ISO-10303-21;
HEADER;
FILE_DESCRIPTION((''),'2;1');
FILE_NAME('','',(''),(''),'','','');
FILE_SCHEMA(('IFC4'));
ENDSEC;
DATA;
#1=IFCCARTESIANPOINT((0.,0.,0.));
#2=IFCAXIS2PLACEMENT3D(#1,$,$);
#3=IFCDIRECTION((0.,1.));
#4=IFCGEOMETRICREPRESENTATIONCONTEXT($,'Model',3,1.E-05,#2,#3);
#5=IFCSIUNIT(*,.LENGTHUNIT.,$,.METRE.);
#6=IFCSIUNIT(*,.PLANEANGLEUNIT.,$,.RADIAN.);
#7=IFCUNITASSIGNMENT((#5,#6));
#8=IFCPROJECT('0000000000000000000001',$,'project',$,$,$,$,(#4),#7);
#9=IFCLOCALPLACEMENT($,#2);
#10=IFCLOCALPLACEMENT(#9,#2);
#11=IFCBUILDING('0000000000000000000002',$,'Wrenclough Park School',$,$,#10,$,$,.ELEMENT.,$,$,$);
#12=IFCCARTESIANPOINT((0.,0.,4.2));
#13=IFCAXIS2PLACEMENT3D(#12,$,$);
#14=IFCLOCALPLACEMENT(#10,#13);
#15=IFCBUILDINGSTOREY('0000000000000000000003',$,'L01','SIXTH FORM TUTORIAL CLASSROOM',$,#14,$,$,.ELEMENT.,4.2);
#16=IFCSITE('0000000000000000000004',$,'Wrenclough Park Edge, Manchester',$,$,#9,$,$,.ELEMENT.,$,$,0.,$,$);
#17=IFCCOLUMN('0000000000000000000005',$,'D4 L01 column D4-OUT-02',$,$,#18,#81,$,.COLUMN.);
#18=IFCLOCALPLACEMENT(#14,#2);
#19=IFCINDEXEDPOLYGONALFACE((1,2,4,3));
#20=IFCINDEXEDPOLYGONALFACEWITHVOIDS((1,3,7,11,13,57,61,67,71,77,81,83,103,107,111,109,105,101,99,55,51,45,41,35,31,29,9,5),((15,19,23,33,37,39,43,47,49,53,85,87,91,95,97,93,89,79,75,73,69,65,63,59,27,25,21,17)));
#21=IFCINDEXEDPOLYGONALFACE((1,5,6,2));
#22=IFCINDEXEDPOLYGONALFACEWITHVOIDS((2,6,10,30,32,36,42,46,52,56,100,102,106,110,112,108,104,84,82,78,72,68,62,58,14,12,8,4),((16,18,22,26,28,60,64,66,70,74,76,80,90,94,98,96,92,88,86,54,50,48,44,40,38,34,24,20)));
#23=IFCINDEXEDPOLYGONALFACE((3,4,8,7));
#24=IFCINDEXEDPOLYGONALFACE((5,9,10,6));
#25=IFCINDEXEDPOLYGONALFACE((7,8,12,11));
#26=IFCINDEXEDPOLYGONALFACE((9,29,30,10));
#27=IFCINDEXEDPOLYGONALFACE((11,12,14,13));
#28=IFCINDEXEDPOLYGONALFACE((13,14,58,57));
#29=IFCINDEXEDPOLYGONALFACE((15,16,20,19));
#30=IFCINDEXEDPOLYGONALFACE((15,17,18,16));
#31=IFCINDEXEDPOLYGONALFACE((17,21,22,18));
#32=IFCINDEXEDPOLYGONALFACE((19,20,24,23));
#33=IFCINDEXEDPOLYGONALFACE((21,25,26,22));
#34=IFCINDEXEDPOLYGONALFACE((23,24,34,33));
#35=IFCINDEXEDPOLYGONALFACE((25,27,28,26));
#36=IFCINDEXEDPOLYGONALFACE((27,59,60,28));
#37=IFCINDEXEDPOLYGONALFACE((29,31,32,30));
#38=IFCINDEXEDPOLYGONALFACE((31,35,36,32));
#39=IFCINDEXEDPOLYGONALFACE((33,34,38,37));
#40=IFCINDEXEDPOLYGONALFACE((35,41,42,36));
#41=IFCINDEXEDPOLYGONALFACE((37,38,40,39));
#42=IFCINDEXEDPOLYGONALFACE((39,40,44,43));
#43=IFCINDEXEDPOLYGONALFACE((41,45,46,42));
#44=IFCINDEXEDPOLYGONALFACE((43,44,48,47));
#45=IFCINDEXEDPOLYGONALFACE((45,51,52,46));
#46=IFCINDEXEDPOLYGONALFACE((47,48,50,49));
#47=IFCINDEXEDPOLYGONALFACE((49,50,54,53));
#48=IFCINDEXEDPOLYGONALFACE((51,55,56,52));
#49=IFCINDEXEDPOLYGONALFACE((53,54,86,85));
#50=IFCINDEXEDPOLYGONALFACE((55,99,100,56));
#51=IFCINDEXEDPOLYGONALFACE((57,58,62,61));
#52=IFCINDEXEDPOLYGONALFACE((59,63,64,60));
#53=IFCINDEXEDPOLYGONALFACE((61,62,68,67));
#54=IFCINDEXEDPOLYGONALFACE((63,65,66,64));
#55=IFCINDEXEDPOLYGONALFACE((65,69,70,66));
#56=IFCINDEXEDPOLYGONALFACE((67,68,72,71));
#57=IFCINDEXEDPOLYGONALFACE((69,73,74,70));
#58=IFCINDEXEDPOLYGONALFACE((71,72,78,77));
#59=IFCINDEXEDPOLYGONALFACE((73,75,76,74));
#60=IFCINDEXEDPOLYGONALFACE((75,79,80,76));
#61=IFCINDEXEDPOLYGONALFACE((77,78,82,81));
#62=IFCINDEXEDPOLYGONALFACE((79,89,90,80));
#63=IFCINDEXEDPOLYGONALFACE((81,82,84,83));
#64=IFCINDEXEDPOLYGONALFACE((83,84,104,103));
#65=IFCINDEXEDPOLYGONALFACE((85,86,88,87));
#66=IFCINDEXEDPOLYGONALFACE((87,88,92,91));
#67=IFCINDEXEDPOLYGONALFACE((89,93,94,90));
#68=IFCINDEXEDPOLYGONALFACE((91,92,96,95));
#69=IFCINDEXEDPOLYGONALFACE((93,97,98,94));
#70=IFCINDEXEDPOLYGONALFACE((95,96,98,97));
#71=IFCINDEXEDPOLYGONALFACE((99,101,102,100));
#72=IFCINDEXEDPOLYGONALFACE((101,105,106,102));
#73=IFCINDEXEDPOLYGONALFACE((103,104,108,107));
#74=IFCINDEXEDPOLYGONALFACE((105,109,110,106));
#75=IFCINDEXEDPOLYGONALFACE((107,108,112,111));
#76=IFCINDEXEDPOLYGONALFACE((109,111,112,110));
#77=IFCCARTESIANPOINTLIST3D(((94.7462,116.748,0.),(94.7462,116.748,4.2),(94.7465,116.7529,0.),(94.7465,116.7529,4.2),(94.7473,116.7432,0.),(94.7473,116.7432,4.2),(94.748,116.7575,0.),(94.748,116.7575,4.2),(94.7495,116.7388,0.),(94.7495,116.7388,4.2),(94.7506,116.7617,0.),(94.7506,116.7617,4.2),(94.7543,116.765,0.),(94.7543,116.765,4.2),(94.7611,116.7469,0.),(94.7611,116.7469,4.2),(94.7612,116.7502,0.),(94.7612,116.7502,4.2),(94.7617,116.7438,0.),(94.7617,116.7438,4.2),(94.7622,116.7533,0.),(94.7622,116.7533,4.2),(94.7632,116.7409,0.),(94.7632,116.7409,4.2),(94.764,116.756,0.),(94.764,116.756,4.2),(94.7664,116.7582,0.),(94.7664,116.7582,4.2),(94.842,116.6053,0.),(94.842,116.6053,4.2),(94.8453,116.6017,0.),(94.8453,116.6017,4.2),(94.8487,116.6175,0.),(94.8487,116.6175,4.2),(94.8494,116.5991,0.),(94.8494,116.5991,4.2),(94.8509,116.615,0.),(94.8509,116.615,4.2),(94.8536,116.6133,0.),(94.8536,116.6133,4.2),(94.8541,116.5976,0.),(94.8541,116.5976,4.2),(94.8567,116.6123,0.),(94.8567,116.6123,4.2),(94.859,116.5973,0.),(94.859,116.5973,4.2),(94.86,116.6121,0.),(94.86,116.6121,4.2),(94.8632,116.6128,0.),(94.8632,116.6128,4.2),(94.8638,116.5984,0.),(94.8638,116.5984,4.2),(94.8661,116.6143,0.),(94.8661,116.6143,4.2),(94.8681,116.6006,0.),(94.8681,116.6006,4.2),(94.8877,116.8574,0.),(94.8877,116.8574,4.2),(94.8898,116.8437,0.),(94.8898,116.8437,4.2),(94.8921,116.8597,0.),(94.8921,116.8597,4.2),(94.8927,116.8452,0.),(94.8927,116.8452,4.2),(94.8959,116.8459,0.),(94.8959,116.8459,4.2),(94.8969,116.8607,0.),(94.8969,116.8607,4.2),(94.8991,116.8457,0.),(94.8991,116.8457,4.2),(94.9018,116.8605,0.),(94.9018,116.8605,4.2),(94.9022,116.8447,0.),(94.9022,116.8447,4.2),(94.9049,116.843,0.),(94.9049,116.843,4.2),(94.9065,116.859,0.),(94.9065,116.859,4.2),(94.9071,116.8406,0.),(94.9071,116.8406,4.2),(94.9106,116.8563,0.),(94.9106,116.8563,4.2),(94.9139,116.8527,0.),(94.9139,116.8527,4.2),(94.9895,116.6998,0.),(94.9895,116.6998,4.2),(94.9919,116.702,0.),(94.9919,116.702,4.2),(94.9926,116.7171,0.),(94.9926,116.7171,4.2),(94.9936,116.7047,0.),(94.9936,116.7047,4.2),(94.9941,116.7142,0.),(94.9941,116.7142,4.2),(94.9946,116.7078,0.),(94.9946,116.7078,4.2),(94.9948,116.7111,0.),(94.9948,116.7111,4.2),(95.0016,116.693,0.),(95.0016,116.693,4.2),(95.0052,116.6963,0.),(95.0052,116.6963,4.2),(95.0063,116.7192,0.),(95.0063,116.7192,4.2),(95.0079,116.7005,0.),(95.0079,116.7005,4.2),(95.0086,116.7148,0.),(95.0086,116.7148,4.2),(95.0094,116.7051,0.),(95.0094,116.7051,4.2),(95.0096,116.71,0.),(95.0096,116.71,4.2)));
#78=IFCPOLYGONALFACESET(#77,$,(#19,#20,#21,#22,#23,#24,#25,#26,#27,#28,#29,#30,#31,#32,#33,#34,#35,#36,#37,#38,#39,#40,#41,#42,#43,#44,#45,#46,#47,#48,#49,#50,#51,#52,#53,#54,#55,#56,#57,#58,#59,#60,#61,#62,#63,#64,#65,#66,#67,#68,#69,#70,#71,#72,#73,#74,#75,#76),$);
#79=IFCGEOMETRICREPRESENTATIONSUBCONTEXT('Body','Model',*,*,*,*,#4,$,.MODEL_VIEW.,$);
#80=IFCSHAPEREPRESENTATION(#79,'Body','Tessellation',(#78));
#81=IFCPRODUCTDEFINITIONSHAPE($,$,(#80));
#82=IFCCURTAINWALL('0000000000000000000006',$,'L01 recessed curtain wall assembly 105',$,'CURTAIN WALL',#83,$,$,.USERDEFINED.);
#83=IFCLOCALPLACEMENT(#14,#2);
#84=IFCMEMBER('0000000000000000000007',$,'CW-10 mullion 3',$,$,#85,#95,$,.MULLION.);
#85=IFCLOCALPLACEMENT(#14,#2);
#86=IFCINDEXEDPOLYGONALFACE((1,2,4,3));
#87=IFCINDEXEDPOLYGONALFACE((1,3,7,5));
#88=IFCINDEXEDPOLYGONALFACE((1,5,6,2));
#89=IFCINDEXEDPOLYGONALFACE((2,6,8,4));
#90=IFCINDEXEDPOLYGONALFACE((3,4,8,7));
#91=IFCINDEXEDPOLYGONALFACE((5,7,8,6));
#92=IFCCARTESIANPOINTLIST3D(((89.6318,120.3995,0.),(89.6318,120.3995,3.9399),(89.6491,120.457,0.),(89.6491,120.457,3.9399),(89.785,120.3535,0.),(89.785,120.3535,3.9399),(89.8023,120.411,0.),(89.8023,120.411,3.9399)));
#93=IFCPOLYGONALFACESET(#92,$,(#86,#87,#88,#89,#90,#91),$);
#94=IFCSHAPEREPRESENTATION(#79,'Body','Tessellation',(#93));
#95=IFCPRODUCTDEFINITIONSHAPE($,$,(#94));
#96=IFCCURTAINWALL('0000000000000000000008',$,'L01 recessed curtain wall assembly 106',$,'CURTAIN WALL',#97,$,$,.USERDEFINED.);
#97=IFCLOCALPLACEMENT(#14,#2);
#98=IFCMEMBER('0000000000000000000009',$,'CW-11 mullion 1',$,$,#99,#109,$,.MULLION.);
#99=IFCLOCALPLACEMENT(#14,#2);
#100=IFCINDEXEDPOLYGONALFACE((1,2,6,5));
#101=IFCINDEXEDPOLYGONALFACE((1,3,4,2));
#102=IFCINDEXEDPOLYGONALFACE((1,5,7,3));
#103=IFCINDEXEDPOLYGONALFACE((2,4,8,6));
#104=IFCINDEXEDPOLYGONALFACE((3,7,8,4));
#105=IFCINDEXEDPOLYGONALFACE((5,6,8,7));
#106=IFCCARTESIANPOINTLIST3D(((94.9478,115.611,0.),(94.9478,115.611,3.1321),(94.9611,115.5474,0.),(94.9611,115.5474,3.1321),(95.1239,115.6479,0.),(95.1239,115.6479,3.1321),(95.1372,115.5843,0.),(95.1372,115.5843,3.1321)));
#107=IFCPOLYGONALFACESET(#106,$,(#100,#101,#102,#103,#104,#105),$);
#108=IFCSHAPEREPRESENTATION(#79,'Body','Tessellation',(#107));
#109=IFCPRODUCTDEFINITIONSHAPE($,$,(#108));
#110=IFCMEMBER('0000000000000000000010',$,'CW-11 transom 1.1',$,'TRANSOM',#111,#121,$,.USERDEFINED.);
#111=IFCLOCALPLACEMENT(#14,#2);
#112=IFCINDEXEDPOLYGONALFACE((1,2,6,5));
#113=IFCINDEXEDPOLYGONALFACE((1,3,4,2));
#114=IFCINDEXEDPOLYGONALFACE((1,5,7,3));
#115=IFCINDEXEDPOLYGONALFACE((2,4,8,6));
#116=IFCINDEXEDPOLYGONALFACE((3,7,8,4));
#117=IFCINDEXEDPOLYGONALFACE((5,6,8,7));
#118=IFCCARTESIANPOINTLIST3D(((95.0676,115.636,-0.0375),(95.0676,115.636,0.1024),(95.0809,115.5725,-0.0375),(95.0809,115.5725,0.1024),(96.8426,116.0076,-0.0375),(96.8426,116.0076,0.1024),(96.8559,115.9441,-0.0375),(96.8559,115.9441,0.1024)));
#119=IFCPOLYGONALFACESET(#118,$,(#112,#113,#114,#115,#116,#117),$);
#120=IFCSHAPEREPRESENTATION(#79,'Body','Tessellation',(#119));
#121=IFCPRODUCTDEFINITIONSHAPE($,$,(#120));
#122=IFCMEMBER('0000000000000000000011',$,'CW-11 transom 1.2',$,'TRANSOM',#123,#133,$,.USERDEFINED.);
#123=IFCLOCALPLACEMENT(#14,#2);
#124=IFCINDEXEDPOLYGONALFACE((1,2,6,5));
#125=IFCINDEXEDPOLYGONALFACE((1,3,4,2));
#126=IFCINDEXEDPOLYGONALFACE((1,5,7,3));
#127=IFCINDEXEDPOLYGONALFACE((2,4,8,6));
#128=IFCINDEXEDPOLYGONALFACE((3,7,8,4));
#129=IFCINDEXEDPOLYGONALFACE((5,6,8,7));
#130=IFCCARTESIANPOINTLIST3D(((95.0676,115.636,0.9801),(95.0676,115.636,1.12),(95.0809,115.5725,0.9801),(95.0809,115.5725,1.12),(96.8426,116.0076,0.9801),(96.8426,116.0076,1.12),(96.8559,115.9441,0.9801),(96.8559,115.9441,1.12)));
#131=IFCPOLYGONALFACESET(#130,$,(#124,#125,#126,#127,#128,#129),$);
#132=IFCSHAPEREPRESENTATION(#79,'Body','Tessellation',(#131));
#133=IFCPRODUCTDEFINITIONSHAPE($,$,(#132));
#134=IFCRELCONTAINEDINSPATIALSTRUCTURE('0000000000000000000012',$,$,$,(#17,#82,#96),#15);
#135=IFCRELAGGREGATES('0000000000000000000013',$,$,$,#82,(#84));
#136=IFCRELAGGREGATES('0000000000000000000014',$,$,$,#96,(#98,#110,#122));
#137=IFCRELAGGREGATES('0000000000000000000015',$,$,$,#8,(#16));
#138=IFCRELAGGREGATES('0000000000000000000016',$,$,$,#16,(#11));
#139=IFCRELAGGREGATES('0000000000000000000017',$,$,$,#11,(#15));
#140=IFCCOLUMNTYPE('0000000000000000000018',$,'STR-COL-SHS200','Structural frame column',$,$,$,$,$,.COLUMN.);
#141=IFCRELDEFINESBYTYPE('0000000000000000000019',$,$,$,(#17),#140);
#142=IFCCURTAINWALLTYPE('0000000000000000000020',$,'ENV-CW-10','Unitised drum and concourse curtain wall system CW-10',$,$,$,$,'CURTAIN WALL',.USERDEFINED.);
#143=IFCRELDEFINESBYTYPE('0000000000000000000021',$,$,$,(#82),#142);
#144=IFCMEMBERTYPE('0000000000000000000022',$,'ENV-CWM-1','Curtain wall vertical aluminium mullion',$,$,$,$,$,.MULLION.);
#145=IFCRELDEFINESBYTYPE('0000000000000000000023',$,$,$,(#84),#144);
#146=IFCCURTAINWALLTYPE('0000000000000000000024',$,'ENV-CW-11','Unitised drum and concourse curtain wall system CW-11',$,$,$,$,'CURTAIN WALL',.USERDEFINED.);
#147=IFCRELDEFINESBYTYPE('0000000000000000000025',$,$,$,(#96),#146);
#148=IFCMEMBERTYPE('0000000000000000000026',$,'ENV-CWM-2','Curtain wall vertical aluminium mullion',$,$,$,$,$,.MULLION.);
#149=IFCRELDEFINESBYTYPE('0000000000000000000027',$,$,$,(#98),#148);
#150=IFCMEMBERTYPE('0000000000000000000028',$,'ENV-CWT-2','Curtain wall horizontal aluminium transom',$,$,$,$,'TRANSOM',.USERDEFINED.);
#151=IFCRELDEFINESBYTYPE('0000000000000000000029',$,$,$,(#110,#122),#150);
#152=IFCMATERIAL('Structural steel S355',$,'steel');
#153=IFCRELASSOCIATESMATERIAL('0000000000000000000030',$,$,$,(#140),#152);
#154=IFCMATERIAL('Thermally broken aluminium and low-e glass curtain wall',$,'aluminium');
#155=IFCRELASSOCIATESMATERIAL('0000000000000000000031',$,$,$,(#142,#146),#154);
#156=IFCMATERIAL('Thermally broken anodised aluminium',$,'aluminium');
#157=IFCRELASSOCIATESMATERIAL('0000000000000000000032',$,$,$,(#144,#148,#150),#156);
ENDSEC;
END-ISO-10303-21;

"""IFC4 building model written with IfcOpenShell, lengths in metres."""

from ifc_helpers import new_model, si_unit, direction, frame, origin, origin_2d, place, context, subcontext, project, spatial, rectangle, hollow_rectangle, extrude, material, material_profile, profile_set, type_object, element, aggregate, save


model = new_model("IFC4")

# Units and contexts
model_context = context("Model", 3, precision=1e-05, world=origin(), true_north=direction((0.0, 1.0)))
body_context = subcontext(model_context, "Body", "Model", "MODEL_VIEW")
ifc_project = project(units=[si_unit("LENGTHUNIT", "METRE"), si_unit("PLANEANGLEUNIT", "RADIAN")], contexts=[model_context])

# Site, building, storey
site_placement = place(None, origin())
site = spatial("IfcSite", under=ifc_project, at=site_placement, Name="Wrenclough Park Edge, Manchester", CompositionType="ELEMENT", RefElevation=0.0)
building_placement = place(site_placement, origin())
building = spatial("IfcBuilding", under=site, at=building_placement, Name="Wrenclough Park School", CompositionType="ELEMENT")
storey_placement = place(building_placement, frame((0.0, 0.0, 4.2)))
storey = spatial("IfcBuildingStorey", under=building, at=storey_placement, Name="L01", Description="SIXTH FORM TUTORIAL CLASSROOM", CompositionType="ELEMENT", Elevation=4.2)

# Column
ifc_material_1 = material(Name="Structural steel S355", Category="steel")
ifc_material_profile_1 = material_profile(ifc_material_1, hollow_rectangle(XDim=0.2, YDim=0.2, WallThickness=0.0125, InnerFilletRadius=0.0125, OuterFilletRadius=0.0188, at=origin_2d()), Name="SHS 200x200x12.5")
ifc_profile_set_1 = profile_set([ifc_material_profile_1], Name="Structural steel S355")
column_type = type_object("IfcColumnType", Name="STR-COL-SHS200", Description="Structural frame column", PredefinedType="COLUMN", material=ifc_profile_set_1)
column_placement = place(storey_placement, frame((94.8779, 116.729, 0.0), z_axis=(0.0, 0.0, 1.0), x_axis=(-0.569423, 0.822045, 0.0)))
element("IfcColumn", 1, at=column_placement, inside=storey, type_object=column_type, Name="D4 L01 column D4-OUT-02", PredefinedType="COLUMN", context=body_context, shape_type="SweptSolid", body=[
    extrude(hollow_rectangle(XDim=0.2, YDim=0.2, WallThickness=0.0125, InnerFilletRadius=0.0125, OuterFilletRadius=0.0188, at=origin_2d()), origin(), (0.0, 0.0, 1.0), 4.2),
])

# Curtain wall, member
ifc_material_2 = material(Name="Thermally broken aluminium and low-e glass curtain wall", Category="aluminium")
curtain_wall_type_1 = type_object("IfcCurtainWallType", Name="ENV-CW-10", Description="Unitised drum and concourse curtain wall system CW-10", ElementType="CURTAIN WALL", PredefinedType="USERDEFINED", material=ifc_material_2)
curtain_wall_1_placement = place(storey_placement, origin())
curtain_wall_1 = element("IfcCurtainWall", 2, at=curtain_wall_1_placement, inside=storey, type_object=curtain_wall_type_1, Name="L01 recessed curtain wall assembly 105", ObjectType="CURTAIN WALL", PredefinedType="USERDEFINED")
ifc_material_3 = material(Name="Thermally broken anodised aluminium", Category="aluminium")
ifc_material_profile_2 = material_profile(ifc_material_3, rectangle(XDim=0.0601, YDim=0.1599, at=origin_2d()), Name="AL MULLION 60x160")
ifc_profile_set_2 = profile_set([ifc_material_profile_2], Name="Thermally broken anodised aluminium")
member_type_1 = type_object("IfcMemberType", Name="ENV-CWM-1", Description="Curtain wall vertical aluminium mullion", PredefinedType="MULLION", material=ifc_profile_set_2)
member_1_placement = place(storey_placement, frame((89.717, 120.4053, 0.0), z_axis=(0.0, 0.0, 1.0), x_axis=(0.287583, 0.957756, 0.0)))
member_1 = element("IfcMember", 3, at=member_1_placement, type_object=member_type_1, Name="CW-10 mullion 3", PredefinedType="MULLION", context=body_context, shape_type="SweptSolid", body=[
    extrude(rectangle(XDim=0.0601, YDim=0.1599, at=origin_2d()), origin(), (0.0, 0.0, 1.0), 3.9399),
])
aggregate(curtain_wall_1, [member_1])

# Curtain wall, members
curtain_wall_type_2 = type_object("IfcCurtainWallType", Name="ENV-CW-11", Description="Unitised drum and concourse curtain wall system CW-11", ElementType="CURTAIN WALL", PredefinedType="USERDEFINED", material=ifc_material_2)
curtain_wall_2_placement = place(storey_placement, origin())
curtain_wall_2 = element("IfcCurtainWall", 4, at=curtain_wall_2_placement, inside=storey, type_object=curtain_wall_type_2, Name="L01 recessed curtain wall assembly 106", ObjectType="CURTAIN WALL", PredefinedType="USERDEFINED")
ifc_material_profile_3 = material_profile(ifc_material_3, rectangle(XDim=0.0649, YDim=0.1799, at=origin_2d()), Name="AL MULLION 65x180")
ifc_profile_set_3 = profile_set([ifc_material_profile_3], Name="Thermally broken anodised aluminium")
member_type_2 = type_object("IfcMemberType", Name="ENV-CWM-2", Description="Curtain wall vertical aluminium mullion", PredefinedType="MULLION", material=ifc_profile_set_3)
member_2_placement = place(storey_placement, frame((95.0425, 115.5977, 0.0), z_axis=(0.0, 0.0, 1.0), x_axis=(-0.204871, 0.978789, 0.0)))
member_2 = element("IfcMember", 5, at=member_2_placement, type_object=member_type_2, Name="CW-11 mullion 1", PredefinedType="MULLION", context=body_context, shape_type="SweptSolid", body=[
    extrude(rectangle(XDim=0.0649, YDim=0.1799, at=origin_2d()), origin(), (0.0, 0.0, 1.0), 3.1321),
])
ifc_material_profile_4 = material_profile(ifc_material_3, rectangle(XDim=0.0649, YDim=0.1399, at=origin_2d()), Name="AL TRANSOM 65x140")
ifc_profile_set_4 = profile_set([ifc_material_profile_4], Name="Thermally broken anodised aluminium")
member_type_3 = type_object("IfcMemberType", Name="ENV-CWT-2", Description="Curtain wall horizontal aluminium transom", ElementType="TRANSOM", PredefinedType="USERDEFINED", material=ifc_profile_set_4)
member_3_placement = place(storey_placement, frame((95.0742, 115.6042, 0.0325), z_axis=(0.978781, 0.204911, 0.0), x_axis=(-0.204911, 0.978781, 0.0)))
member_3 = element("IfcMember", 6, at=member_3_placement, type_object=member_type_3, Name="CW-11 transom 1.1", ObjectType="TRANSOM", PredefinedType="USERDEFINED", context=body_context, shape_type="SweptSolid", body=[
    extrude(rectangle(XDim=0.0649, YDim=0.1399, at=origin_2d()), origin(), (0.0, 0.0, 1.0), 1.8135),
])
member_4_placement = place(storey_placement, frame((95.0742, 115.6042, 1.05), z_axis=(0.978781, 0.204911, 0.0), x_axis=(-0.204911, 0.978781, 0.0)))
member_4 = element("IfcMember", 7, at=member_4_placement, type_object=member_type_3, Name="CW-11 transom 1.2", ObjectType="TRANSOM", PredefinedType="USERDEFINED", context=body_context, shape_type="SweptSolid", body=[
    extrude(rectangle(XDim=0.0649, YDim=0.1399, at=origin_2d()), origin(), (0.0, 0.0, 1.0), 1.8135),
])
aggregate(curtain_wall_2, [member_2, member_3, member_4])

save(model, "model.ifc")
